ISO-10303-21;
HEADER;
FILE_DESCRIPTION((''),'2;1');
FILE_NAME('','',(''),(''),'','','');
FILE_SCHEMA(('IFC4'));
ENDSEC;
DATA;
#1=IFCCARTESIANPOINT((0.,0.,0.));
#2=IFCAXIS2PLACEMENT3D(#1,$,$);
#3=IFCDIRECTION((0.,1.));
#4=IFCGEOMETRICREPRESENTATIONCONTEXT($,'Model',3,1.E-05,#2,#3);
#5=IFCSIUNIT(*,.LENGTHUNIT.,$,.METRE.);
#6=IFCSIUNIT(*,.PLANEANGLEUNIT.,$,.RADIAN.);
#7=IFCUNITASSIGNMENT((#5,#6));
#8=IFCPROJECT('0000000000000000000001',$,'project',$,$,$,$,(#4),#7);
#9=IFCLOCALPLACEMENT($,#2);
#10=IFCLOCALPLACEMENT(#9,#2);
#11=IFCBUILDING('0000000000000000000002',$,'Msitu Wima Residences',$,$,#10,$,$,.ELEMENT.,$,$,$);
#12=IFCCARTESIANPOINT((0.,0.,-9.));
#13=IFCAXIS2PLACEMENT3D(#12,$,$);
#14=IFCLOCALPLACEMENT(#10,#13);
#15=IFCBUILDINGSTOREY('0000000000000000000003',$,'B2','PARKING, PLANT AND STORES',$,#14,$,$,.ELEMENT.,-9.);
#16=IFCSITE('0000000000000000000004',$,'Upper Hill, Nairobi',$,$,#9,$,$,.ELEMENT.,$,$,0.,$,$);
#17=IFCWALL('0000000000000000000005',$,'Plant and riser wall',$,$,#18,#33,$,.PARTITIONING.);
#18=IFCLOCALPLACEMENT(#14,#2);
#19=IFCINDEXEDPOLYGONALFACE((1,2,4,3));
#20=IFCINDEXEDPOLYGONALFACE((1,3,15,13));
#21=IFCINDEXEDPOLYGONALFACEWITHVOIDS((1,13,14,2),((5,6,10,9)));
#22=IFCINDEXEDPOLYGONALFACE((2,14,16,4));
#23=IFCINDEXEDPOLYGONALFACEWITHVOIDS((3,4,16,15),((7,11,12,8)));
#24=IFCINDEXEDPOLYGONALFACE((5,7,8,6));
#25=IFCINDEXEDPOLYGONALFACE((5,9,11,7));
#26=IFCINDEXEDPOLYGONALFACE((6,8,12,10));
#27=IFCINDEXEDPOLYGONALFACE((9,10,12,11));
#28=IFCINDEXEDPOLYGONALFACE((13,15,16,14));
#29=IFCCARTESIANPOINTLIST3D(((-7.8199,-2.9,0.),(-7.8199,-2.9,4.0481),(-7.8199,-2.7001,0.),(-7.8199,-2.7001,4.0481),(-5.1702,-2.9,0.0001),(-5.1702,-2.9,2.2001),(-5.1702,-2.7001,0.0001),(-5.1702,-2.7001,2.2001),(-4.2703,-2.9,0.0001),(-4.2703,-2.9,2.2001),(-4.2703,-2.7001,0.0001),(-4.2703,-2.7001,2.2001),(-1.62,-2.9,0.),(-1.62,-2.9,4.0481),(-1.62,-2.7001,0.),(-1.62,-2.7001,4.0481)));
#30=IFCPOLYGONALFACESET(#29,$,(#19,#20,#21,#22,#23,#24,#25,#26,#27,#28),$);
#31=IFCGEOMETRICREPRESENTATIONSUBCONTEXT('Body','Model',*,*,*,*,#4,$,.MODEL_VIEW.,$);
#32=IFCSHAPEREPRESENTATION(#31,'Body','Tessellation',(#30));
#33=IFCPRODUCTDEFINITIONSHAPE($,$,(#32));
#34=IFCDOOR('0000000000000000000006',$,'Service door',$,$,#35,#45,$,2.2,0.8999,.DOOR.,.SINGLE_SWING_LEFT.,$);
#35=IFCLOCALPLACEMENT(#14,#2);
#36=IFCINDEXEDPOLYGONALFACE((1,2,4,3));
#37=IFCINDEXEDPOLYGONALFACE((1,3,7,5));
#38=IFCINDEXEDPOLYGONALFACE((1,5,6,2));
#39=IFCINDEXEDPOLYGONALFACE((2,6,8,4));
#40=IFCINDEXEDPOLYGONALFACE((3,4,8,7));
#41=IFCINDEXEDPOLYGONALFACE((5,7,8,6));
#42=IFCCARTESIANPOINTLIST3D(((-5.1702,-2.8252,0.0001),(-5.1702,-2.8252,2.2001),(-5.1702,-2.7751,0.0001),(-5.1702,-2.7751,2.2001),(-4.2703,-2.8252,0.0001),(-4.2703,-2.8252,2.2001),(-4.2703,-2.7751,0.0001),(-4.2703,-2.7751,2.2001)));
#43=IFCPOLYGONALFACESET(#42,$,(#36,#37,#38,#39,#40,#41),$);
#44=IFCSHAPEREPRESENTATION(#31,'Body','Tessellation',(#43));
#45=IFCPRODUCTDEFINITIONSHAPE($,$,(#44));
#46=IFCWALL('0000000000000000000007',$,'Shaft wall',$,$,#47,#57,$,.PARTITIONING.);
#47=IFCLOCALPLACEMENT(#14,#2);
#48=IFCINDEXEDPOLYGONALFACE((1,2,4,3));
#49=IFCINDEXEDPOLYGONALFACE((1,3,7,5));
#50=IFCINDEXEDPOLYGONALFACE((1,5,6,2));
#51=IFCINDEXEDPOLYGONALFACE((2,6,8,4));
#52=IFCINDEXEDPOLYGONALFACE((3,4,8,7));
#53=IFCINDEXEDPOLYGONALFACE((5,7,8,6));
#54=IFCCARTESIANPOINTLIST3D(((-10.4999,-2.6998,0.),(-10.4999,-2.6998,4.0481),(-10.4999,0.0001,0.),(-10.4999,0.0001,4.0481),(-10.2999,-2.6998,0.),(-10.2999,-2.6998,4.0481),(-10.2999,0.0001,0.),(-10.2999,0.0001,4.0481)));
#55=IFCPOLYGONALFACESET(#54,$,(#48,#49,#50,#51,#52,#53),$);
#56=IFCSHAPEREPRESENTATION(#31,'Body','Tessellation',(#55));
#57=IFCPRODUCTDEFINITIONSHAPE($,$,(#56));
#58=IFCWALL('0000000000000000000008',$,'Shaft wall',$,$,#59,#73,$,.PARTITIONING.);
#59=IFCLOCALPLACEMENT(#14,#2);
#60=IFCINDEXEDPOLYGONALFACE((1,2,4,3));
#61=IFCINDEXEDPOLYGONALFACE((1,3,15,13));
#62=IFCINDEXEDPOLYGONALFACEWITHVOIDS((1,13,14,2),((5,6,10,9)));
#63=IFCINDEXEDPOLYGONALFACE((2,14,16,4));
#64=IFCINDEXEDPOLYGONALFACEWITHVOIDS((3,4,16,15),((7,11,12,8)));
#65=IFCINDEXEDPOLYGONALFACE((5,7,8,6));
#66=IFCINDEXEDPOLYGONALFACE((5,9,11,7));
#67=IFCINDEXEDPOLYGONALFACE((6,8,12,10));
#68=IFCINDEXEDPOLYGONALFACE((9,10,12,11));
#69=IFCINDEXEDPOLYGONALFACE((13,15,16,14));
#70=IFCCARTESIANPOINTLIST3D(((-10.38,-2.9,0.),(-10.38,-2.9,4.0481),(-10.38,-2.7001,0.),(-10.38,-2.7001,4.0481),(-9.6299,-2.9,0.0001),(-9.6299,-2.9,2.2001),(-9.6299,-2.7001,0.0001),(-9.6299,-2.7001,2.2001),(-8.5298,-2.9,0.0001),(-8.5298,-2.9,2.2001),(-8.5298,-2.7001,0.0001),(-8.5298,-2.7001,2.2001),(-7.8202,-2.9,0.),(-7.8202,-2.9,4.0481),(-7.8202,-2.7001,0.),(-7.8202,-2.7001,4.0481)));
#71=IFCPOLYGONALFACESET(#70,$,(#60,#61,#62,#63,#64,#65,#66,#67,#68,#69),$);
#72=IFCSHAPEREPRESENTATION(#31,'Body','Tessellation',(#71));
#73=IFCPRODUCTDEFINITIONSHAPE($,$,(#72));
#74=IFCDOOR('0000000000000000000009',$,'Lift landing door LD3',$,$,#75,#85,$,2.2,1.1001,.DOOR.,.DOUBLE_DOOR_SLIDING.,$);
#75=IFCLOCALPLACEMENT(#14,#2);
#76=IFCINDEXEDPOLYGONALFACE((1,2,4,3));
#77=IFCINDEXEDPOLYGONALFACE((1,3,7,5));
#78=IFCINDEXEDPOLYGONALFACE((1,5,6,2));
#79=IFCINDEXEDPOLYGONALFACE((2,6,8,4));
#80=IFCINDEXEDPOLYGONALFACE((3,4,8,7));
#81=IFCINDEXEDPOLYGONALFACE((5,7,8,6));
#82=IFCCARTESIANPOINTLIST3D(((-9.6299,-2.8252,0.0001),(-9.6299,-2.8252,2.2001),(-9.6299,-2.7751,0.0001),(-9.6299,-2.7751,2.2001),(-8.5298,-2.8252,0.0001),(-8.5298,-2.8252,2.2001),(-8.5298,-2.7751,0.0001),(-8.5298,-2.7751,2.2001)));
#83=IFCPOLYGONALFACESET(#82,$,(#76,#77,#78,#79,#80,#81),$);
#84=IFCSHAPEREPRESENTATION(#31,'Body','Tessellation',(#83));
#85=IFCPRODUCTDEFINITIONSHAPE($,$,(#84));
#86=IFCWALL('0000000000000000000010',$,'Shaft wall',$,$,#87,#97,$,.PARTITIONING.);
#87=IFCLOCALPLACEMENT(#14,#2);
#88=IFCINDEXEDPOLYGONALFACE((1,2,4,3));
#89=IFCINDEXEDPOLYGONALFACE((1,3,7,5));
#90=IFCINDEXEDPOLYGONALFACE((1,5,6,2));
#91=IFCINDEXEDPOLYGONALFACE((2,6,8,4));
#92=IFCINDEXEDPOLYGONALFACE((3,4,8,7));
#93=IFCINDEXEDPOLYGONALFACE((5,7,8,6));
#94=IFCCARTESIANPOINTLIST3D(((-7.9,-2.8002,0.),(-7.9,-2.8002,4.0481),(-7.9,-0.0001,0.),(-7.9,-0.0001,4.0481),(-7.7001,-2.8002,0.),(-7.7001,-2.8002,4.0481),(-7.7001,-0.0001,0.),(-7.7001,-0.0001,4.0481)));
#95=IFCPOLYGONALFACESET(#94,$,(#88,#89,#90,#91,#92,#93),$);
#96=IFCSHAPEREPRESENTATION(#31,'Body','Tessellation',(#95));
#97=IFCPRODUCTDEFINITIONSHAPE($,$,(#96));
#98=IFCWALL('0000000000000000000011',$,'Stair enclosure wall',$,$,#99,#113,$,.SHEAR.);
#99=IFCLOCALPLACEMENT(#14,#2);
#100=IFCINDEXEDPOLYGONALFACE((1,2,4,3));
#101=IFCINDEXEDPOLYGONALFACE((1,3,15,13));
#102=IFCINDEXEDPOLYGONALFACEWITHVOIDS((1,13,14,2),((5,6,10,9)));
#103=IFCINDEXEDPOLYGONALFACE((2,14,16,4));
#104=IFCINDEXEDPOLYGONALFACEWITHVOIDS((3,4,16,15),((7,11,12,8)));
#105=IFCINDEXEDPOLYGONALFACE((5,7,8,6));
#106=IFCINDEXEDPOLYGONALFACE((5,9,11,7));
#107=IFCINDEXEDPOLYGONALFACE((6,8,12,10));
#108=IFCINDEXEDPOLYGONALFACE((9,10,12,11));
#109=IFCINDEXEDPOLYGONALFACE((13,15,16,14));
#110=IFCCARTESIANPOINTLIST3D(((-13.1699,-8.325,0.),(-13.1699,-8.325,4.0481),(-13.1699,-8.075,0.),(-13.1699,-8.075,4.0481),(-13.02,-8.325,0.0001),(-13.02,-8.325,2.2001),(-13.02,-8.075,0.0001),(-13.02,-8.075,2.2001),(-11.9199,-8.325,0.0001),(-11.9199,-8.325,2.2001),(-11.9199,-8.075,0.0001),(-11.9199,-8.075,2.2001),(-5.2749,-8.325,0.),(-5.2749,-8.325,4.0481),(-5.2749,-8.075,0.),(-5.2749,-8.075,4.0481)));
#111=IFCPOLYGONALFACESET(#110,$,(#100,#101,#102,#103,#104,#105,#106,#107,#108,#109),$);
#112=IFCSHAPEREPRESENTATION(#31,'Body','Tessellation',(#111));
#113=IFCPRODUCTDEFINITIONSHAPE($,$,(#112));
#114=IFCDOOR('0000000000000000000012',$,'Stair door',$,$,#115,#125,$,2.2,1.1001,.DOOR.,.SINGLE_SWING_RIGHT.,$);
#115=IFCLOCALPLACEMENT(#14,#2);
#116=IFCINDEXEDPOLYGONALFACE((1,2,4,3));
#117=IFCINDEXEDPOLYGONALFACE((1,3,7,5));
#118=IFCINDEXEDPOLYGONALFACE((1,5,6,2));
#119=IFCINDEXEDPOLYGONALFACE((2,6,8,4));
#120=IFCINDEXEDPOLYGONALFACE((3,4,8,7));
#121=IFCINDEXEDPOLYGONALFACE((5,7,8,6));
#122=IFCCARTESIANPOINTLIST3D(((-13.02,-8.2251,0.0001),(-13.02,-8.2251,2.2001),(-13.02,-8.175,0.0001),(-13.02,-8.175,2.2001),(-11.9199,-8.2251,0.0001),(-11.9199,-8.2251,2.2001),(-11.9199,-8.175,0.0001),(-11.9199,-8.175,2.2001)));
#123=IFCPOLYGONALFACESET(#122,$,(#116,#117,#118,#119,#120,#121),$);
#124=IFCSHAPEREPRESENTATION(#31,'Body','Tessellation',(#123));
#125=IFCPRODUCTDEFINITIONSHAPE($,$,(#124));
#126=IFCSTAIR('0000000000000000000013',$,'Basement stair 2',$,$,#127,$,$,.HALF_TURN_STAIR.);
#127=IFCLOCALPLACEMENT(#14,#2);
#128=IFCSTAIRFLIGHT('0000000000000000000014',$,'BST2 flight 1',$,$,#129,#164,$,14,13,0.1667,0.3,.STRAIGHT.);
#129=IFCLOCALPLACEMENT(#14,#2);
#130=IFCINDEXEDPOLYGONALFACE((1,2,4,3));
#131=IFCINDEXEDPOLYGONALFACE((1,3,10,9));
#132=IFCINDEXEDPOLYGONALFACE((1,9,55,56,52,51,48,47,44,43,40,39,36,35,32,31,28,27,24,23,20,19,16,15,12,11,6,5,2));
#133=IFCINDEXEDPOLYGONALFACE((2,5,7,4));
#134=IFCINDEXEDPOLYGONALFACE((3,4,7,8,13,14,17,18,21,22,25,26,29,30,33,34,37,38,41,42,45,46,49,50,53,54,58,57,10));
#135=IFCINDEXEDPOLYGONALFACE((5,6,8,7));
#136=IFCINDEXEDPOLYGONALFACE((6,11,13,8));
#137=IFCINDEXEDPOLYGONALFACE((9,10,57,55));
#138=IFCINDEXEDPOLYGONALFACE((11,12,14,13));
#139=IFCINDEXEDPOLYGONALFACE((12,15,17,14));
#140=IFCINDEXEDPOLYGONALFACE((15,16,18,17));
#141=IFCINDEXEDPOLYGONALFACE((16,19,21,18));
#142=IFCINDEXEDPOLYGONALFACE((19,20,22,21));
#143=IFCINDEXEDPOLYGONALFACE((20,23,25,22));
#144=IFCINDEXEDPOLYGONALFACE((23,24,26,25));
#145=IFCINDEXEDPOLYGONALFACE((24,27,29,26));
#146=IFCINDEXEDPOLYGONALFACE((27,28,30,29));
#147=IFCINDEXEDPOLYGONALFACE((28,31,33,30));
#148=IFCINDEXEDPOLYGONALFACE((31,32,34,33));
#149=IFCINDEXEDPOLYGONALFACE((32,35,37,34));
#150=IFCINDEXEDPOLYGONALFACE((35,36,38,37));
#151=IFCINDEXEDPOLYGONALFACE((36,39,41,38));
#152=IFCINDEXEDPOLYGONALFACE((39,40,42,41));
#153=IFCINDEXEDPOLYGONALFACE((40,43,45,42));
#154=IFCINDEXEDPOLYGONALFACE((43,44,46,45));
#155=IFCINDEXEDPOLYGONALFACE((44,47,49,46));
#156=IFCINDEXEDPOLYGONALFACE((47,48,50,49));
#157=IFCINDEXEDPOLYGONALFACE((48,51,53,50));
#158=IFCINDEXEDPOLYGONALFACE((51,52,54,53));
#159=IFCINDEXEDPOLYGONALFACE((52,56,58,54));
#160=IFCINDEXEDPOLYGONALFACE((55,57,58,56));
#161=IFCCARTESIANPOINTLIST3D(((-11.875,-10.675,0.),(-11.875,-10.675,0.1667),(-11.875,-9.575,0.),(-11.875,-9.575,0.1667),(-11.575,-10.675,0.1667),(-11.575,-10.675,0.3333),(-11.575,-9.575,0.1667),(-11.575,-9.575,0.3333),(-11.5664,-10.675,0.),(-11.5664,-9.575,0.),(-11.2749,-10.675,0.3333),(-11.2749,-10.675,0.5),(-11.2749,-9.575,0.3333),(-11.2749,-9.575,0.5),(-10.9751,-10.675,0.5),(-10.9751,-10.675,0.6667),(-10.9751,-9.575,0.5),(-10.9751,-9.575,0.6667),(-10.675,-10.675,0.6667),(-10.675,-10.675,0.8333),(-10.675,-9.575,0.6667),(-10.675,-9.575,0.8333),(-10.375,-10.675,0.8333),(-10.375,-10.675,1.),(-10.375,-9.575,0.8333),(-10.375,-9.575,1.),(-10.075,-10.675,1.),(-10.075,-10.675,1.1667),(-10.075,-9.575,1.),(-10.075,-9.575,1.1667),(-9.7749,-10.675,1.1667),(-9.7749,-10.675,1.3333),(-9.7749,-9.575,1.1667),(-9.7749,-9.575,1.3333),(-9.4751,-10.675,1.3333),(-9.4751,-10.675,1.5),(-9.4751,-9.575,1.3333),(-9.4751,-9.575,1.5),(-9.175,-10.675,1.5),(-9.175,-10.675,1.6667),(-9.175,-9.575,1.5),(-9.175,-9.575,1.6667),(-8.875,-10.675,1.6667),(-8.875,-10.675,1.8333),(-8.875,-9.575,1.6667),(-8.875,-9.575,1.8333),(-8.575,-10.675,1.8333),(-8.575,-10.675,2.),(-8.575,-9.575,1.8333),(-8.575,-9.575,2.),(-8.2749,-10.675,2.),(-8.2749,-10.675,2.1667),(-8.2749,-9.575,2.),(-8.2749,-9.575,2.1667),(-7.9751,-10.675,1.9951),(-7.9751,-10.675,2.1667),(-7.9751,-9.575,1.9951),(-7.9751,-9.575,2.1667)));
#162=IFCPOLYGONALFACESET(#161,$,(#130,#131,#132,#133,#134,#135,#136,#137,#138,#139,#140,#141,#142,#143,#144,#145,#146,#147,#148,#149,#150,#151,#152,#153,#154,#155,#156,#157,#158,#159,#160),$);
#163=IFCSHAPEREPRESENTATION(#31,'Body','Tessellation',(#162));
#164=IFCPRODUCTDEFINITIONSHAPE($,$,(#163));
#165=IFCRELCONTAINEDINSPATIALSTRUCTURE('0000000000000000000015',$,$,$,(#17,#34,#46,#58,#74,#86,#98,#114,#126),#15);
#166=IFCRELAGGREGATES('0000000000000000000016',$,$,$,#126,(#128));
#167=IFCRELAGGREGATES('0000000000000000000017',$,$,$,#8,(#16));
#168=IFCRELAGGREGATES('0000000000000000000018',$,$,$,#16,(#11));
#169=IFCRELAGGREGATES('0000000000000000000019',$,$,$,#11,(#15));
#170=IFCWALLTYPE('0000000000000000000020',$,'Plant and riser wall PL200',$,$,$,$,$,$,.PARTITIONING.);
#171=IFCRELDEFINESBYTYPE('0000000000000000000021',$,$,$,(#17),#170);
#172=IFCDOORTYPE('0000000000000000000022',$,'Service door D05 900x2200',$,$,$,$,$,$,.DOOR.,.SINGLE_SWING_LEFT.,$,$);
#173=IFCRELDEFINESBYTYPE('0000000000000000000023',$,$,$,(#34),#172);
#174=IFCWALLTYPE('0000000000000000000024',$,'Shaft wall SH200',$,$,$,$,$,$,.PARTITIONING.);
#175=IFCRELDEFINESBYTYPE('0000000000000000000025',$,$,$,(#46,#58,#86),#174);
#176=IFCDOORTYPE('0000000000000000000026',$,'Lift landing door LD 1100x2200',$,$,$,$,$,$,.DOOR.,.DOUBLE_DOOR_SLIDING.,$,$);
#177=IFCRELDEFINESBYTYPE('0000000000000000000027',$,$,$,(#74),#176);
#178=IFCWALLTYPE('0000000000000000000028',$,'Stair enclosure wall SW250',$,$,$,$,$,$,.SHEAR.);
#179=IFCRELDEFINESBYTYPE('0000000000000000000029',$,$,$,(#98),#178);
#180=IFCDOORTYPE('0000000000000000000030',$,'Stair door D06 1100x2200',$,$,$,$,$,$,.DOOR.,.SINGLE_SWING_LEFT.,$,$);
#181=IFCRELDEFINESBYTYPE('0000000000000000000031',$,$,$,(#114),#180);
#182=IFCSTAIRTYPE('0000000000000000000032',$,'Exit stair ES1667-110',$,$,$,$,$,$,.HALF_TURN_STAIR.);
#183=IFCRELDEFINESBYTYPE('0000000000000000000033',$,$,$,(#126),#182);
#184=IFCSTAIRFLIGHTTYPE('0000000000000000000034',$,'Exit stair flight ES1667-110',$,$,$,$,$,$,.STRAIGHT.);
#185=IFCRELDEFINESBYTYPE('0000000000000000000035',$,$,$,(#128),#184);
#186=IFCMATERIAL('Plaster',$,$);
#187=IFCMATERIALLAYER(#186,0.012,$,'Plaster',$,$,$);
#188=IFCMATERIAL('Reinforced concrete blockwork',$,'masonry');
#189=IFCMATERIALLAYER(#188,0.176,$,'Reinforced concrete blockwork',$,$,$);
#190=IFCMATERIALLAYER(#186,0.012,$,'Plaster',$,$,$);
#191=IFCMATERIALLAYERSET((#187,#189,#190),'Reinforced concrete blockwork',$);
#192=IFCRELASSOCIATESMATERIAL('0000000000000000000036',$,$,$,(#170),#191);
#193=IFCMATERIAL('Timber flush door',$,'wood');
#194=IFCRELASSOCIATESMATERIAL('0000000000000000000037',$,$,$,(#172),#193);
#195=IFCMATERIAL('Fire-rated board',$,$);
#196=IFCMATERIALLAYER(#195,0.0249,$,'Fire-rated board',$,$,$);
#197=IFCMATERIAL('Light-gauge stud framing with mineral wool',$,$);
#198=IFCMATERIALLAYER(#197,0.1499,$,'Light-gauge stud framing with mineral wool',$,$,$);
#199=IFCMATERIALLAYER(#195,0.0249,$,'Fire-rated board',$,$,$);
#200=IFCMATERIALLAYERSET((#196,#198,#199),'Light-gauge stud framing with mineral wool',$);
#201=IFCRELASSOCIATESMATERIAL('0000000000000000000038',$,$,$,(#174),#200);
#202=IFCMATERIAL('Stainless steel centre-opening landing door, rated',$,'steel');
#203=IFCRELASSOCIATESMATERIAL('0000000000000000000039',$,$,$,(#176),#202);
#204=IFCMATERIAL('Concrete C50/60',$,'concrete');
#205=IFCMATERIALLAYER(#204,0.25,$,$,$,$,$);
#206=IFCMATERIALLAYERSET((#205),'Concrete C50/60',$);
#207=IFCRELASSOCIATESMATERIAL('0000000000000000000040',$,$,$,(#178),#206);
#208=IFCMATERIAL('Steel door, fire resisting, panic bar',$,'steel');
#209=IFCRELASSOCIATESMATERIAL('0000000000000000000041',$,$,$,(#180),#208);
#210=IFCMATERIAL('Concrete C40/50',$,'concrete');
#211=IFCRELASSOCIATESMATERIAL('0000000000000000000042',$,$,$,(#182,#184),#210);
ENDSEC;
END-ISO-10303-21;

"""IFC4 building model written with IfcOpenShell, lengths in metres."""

from ifc_helpers import new_model, si_unit, direction, frame, frame_2d, origin, place, context, subcontext, project, spatial, polyline, rectangle, outline, extrude, material, layer, layer_set, type_object, element, fill, aggregate, save


model = new_model("IFC4")

# Units and contexts
model_context = context("Model", 3, precision=1e-05, world=origin(), true_north=direction((0.0, 1.0)))
body_context = subcontext(model_context, "Body", "Model", "MODEL_VIEW")
ifc_project = project(units=[si_unit("LENGTHUNIT", "METRE"), si_unit("PLANEANGLEUNIT", "RADIAN")], contexts=[model_context])

# Site, building, storey
site_placement = place(None, origin())
site = spatial("IfcSite", under=ifc_project, at=site_placement, Name="Upper Hill, Nairobi", CompositionType="ELEMENT", RefElevation=0.0)
building_placement = place(site_placement, origin())
building = spatial("IfcBuilding", under=site, at=building_placement, Name="Msitu Wima Residences", CompositionType="ELEMENT")
storey_placement = place(building_placement, frame((0.0, 0.0, -9.0)))
storey = spatial("IfcBuildingStorey", under=building, at=storey_placement, Name="B2", Description="PARKING, PLANT AND STORES", CompositionType="ELEMENT", Elevation=-9.0)

# Shared definitions
ifc_material_1 = material(Name="Concrete C40/50", Category="concrete")

# Wall, opening, door
ifc_material_2 = material(Name="Plaster")
ifc_layer_1 = layer(ifc_material_2, 0.012, Name="Plaster")
ifc_material_3 = material(Name="Reinforced concrete blockwork", Category="masonry")
ifc_layer_2 = layer(ifc_material_3, 0.176, Name="Reinforced concrete blockwork")
ifc_layer_3 = layer(ifc_material_2, 0.012, Name="Plaster")
ifc_layer_set_1 = layer_set([ifc_layer_1, ifc_layer_2, ifc_layer_3], Name="Reinforced concrete blockwork")
wall_type_1 = type_object("IfcWallType", Name="Plant and riser wall PL200", PredefinedType="PARTITIONING", material=ifc_layer_set_1)
wall_1_placement = place(storey_placement, frame((-7.8201, -2.8, 0.0), z_axis=(0.0, 0.0, 1.0), x_axis=(1.0, 0.0, 0.0)))
wall_1 = element("IfcWall", 1, at=wall_1_placement, inside=storey, type_object=wall_type_1, Name="Plant and riser wall", PredefinedType="PARTITIONING", context=body_context, shape_type="SweptSolid", body=[
    extrude(rectangle(XDim=6.2, YDim=0.2, at=frame_2d((3.1001, 0.0))), origin(), (0.0, 0.0, 1.0), 4.0481),
])
opening_1_placement = place(wall_1_placement, frame((2.6499, 0.0, 0.0)))
opening_1 = element("IfcOpeningElement", 2, at=opening_1_placement, cuts=wall_1, PredefinedType="OPENING", context=body_context, shape_type="SweptSolid", body=[
    extrude(rectangle(XDim=0.8999, YDim=2.2, at=frame_2d((0.45, 1.1001))), frame((0.0, 0.1099, 0.0), z_axis=(0.0, -1.0, 0.0), x_axis=(1.0, 0.0, 0.0)), (0.0, 0.0, 1.0), 0.22),
])
ifc_material_4 = material(Name="Timber flush door", Category="wood")
door_type_1 = type_object("IfcDoorType", Name="Service door D05 900x2200", OperationType="SINGLE_SWING_LEFT", PredefinedType="DOOR", material=ifc_material_4)
door_1_placement = place(opening_1_placement, origin())
door_1 = element("IfcDoor", 3, at=door_1_placement, inside=storey, type_object=door_type_1, Name="Service door", OperationType="SINGLE_SWING_LEFT", OverallHeight=2.2, OverallWidth=0.8999, PredefinedType="DOOR", context=body_context, shape_type="SweptSolid", body=[
    extrude(rectangle(XDim=0.8999, YDim=2.2, at=frame_2d((0.45, 1.1001))), frame((0.0, 0.0249, 0.0), z_axis=(0.0, -1.0, 0.0), x_axis=(1.0, 0.0, 0.0)), (0.0, 0.0, 1.0), 0.05),
])
fill(opening_1, door_1)

# Wall
ifc_material_5 = material(Name="Fire-rated board")
ifc_layer_4 = layer(ifc_material_5, 0.0249, Name="Fire-rated board")
ifc_material_6 = material(Name="Light-gauge stud framing with mineral wool")
ifc_layer_5 = layer(ifc_material_6, 0.1499, Name="Light-gauge stud framing with mineral wool")
ifc_layer_6 = layer(ifc_material_5, 0.0249, Name="Fire-rated board")
ifc_layer_set_2 = layer_set([ifc_layer_4, ifc_layer_5, ifc_layer_6], Name="Light-gauge stud framing with mineral wool")
wall_type_2 = type_object("IfcWallType", Name="Shaft wall SH200", PredefinedType="PARTITIONING", material=ifc_layer_set_2)
wall_2_placement = place(storey_placement, frame((-10.3999, -2.7, 0.0), z_axis=(0.0, 0.0, 1.0), x_axis=(0.0, 1.0, 0.0)))
element("IfcWall", 4, at=wall_2_placement, inside=storey, type_object=wall_type_2, Name="Shaft wall", PredefinedType="PARTITIONING", context=body_context, shape_type="SweptSolid", body=[
    extrude(rectangle(XDim=2.7, YDim=0.2, at=frame_2d((1.3501, 0.0))), origin(), (0.0, 0.0, 1.0), 4.0481),
])

# Wall, opening, door
wall_3_placement = place(storey_placement, frame((-10.3799, -2.8, 0.0), z_axis=(0.0, 0.0, 1.0), x_axis=(1.0, 0.0, 0.0)))
wall_3 = element("IfcWall", 5, at=wall_3_placement, inside=storey, type_object=wall_type_2, Name="Shaft wall", PredefinedType="PARTITIONING", context=body_context, shape_type="SweptSolid", body=[
    extrude(rectangle(XDim=2.5598, YDim=0.2, at=frame_2d((1.2798, 0.0))), origin(), (0.0, 0.0, 1.0), 4.0481),
])
opening_2_placement = place(wall_3_placement, frame((0.75, 0.0, 0.0)))
opening_2 = element("IfcOpeningElement", 6, at=opening_2_placement, cuts=wall_3, PredefinedType="OPENING", context=body_context, shape_type="SweptSolid", body=[
    extrude(rectangle(XDim=1.1001, YDim=2.2, at=frame_2d((0.55, 1.1001))), frame((0.0, 0.1099, 0.0), z_axis=(0.0, -1.0, 0.0), x_axis=(1.0, 0.0, 0.0)), (0.0, 0.0, 1.0), 0.22),
])
ifc_material_7 = material(Name="Stainless steel centre-opening landing door, rated", Category="steel")
door_type_2 = type_object("IfcDoorType", Name="Lift landing door LD 1100x2200", OperationType="DOUBLE_DOOR_SLIDING", PredefinedType="DOOR", material=ifc_material_7)
door_2_placement = place(opening_2_placement, origin())
door_2 = element("IfcDoor", 7, at=door_2_placement, inside=storey, type_object=door_type_2, Name="Lift landing door LD3", OperationType="DOUBLE_DOOR_SLIDING", OverallHeight=2.2, OverallWidth=1.1001, PredefinedType="DOOR", context=body_context, shape_type="SweptSolid", body=[
    extrude(rectangle(XDim=1.1001, YDim=2.2, at=frame_2d((0.55, 1.1001))), frame((0.0, 0.0249, 0.0), z_axis=(0.0, -1.0, 0.0), x_axis=(1.0, 0.0, 0.0)), (0.0, 0.0, 1.0), 0.05),
])
fill(opening_2, door_2)

# Wall
wall_4_placement = place(storey_placement, frame((-7.8, -2.8, 0.0), z_axis=(0.0, 0.0, 1.0), x_axis=(0.0, 1.0, 0.0)))
element("IfcWall", 8, at=wall_4_placement, inside=storey, type_object=wall_type_2, Name="Shaft wall", PredefinedType="PARTITIONING", context=body_context, shape_type="SweptSolid", body=[
    extrude(rectangle(XDim=2.8, YDim=0.2, at=frame_2d((1.3999, 0.0))), origin(), (0.0, 0.0, 1.0), 4.0481),
])

# Wall, opening, door
ifc_material_8 = material(Name="Concrete C50/60", Category="concrete")
ifc_layer_7 = layer(ifc_material_8, 0.25)
ifc_layer_set_3 = layer_set([ifc_layer_7], Name="Concrete C50/60")
wall_type_3 = type_object("IfcWallType", Name="Stair enclosure wall SW250", PredefinedType="SHEAR", material=ifc_layer_set_3)
wall_5_placement = place(storey_placement, frame((-13.1699, -8.2, 0.0), z_axis=(0.0, 0.0, 1.0), x_axis=(1.0, 0.0, 0.0)))
wall_5 = element("IfcWall", 9, at=wall_5_placement, inside=storey, type_object=wall_type_3, Name="Stair enclosure wall", PredefinedType="SHEAR", context=body_context, shape_type="SweptSolid", body=[
    extrude(rectangle(XDim=7.895, YDim=0.25, at=frame_2d((3.9475, 0.0))), origin(), (0.0, 0.0, 1.0), 4.0481),
])
opening_3_placement = place(wall_5_placement, frame((0.1499, 0.0, 0.0)))
opening_3 = element("IfcOpeningElement", 10, at=opening_3_placement, cuts=wall_5, PredefinedType="OPENING", context=body_context, shape_type="SweptSolid", body=[
    extrude(rectangle(XDim=1.1001, YDim=2.2, at=frame_2d((0.55, 1.1001))), frame((0.0, 0.135, 0.0), z_axis=(0.0, -1.0, 0.0), x_axis=(1.0, 0.0, 0.0)), (0.0, 0.0, 1.0), 0.27),
])
ifc_material_9 = material(Name="Steel door, fire resisting, panic bar", Category="steel")
door_type_3 = type_object("IfcDoorType", Name="Stair door D06 1100x2200", OperationType="SINGLE_SWING_LEFT", PredefinedType="DOOR", material=ifc_material_9)
door_3_placement = place(opening_3_placement, origin())
door_3 = element("IfcDoor", 11, at=door_3_placement, inside=storey, type_object=door_type_3, Name="Stair door", OperationType="SINGLE_SWING_RIGHT", OverallHeight=2.2, OverallWidth=1.1001, PredefinedType="DOOR", context=body_context, shape_type="SweptSolid", body=[
    extrude(rectangle(XDim=1.1001, YDim=2.2, at=frame_2d((0.55, 1.1001))), frame((0.0, 0.0249, 0.0), z_axis=(0.0, -1.0, 0.0), x_axis=(1.0, 0.0, 0.0)), (0.0, 0.0, 1.0), 0.05),
])
fill(opening_3, door_3)

# Stair, stair flight
stair_type = type_object("IfcStairType", Name="Exit stair ES1667-110", PredefinedType="HALF_TURN_STAIR", material=ifc_material_1)
stair_placement = place(storey_placement, origin())
stair = element("IfcStair", 12, at=stair_placement, inside=storey, type_object=stair_type, Name="Basement stair 2", PredefinedType="HALF_TURN_STAIR")
stair_flight_type = type_object("IfcStairFlightType", Name="Exit stair flight ES1667-110", PredefinedType="STRAIGHT", material=ifc_material_1)
stair_flight_1_placement = place(storey_placement, frame((-11.875, -10.125, 0.0), z_axis=(0.0, 0.0, 1.0), x_axis=(1.0, 0.0, 0.0)))
stair_flight_1 = element("IfcStairFlight", 13, at=stair_flight_1_placement, type_object=stair_flight_type, Name="BST2 flight 1", NumberOfRisers=14, NumberOfTreads=13, PredefinedType="STRAIGHT", RiserHeight=0.1667, TreadLength=0.3, context=body_context, shape_type="SweptSolid", body=[
    extrude(outline(polyline([(0.0, 0.0), (0.0, 0.1667), (0.3, 0.1667), (0.3, 0.3333), (0.6001, 0.3333), (0.6001, 0.5), (0.8999, 0.5), (0.8999, 0.6667), (1.2, 0.6667), (1.2, 0.8333), (1.5, 0.8333), (1.5, 1.0), (1.8, 1.0), (1.8, 1.1667), (2.1001, 1.1667), (2.1001, 1.3333), (2.3999, 1.3333), (2.3999, 1.5), (2.7, 1.5), (2.7, 1.6667), (3.0, 1.6667), (3.0, 1.8333), (3.3, 1.8333), (3.3, 2.0), (3.6001, 2.0), (3.6001, 2.1667), (3.8999, 2.1667), (3.8999, 2.3333), (3.8999, 1.9951), (0.3086, 0.0), (0.0, 0.0)])), frame((0.0, 0.55, 0.0), z_axis=(0.0, -1.0, 0.0), x_axis=(1.0, 0.0, 0.0)), (0.0, 0.0, 1.0), 1.1001),
])
aggregate(stair, [stair_flight_1])

save(model, "model.ifc")
